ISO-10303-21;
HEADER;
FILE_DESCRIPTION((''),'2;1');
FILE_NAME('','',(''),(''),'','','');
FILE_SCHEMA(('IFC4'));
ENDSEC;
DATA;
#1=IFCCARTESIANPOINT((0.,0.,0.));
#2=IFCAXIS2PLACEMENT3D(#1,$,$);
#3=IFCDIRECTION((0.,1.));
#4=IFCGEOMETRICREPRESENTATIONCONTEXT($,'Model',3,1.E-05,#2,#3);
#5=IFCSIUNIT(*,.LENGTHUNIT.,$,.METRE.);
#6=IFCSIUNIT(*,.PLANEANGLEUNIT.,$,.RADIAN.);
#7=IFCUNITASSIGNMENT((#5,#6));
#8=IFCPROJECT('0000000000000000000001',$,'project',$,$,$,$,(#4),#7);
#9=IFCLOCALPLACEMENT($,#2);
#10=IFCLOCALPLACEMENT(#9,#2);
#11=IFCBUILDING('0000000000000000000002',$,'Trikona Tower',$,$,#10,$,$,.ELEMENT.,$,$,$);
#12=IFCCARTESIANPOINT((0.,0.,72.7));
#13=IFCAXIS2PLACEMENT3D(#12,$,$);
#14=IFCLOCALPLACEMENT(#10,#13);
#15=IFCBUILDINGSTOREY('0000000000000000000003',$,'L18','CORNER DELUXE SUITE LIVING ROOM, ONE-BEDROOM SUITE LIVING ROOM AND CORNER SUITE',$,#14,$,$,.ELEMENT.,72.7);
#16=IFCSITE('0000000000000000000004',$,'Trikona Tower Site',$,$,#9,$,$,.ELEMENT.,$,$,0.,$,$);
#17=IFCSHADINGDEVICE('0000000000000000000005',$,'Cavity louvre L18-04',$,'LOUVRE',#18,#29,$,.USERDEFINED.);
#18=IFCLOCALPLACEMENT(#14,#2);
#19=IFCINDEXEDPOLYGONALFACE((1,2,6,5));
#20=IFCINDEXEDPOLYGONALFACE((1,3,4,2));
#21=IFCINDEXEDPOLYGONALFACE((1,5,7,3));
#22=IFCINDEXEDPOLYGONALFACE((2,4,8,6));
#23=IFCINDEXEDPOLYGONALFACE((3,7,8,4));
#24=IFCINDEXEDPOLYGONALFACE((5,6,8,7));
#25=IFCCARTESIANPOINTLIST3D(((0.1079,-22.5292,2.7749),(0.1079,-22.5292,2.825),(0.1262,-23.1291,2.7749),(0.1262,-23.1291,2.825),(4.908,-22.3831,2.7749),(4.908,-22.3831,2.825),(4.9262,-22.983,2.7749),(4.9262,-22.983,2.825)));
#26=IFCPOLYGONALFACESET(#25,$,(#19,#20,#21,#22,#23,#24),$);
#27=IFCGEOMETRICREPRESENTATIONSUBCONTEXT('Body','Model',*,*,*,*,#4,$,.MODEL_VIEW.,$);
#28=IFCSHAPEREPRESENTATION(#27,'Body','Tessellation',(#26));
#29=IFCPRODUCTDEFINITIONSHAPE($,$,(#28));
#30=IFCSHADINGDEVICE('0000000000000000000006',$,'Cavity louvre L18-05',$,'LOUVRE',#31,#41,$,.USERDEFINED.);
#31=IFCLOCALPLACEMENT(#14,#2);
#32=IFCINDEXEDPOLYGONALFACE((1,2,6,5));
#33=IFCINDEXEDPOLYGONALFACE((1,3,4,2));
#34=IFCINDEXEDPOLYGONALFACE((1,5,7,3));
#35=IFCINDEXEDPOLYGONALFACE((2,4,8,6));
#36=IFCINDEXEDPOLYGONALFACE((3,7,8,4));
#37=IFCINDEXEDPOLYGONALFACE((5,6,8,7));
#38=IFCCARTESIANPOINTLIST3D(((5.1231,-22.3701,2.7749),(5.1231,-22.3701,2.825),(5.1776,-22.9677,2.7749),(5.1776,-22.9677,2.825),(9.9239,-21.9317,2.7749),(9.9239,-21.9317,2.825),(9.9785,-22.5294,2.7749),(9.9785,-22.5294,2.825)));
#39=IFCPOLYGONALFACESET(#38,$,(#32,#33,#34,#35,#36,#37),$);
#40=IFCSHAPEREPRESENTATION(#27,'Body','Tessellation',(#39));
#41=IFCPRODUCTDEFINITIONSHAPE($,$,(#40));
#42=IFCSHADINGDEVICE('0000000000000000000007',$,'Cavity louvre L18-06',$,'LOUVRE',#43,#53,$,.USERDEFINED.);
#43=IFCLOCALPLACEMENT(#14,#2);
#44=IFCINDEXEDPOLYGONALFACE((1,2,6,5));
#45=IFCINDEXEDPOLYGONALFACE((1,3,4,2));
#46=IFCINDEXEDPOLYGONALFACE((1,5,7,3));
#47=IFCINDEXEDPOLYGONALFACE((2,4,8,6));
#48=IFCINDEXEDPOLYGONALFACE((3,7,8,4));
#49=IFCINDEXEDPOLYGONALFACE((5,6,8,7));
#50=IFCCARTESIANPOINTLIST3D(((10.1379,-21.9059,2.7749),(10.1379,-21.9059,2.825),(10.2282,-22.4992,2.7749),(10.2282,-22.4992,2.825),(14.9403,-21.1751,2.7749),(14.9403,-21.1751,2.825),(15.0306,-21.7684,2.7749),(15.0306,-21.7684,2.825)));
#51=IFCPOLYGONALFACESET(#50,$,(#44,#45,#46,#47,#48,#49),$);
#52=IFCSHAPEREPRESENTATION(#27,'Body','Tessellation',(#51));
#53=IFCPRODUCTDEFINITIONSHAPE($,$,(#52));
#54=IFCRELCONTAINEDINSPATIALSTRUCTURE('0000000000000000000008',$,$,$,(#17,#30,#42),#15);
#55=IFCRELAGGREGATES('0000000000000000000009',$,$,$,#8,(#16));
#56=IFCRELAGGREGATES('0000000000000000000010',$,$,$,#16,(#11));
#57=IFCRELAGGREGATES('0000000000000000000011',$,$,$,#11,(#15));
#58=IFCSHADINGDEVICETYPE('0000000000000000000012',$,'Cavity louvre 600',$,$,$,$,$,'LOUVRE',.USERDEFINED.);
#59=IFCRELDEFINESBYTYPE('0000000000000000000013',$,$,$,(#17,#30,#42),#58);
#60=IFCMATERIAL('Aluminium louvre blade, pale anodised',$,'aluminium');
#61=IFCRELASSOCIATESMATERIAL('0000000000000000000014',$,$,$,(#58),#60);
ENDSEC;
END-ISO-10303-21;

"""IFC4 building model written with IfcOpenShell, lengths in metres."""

from ifc_helpers import new_model, si_unit, direction, frame, origin, origin_2d, place, context, subcontext, project, spatial, rectangle, extrude, material, type_object, element, save


model = new_model("IFC4")

# Units and contexts
model_context = context("Model", 3, precision=1e-05, world=origin(), true_north=direction((0.0, 1.0)))
body_context = subcontext(model_context, "Body", "Model", "MODEL_VIEW")
ifc_project = project(units=[si_unit("LENGTHUNIT", "METRE"), si_unit("PLANEANGLEUNIT", "RADIAN")], contexts=[model_context])

# Site, building, storey
site_placement = place(None, origin())
site = spatial("IfcSite", under=ifc_project, at=site_placement, Name="Trikona Tower Site", CompositionType="ELEMENT", RefElevation=0.0)
building_placement = place(site_placement, origin())
building = spatial("IfcBuilding", under=site, at=building_placement, Name="Trikona Tower", CompositionType="ELEMENT")
storey_placement = place(building_placement, frame((0.0, 0.0, 72.7)))
storey = spatial("IfcBuildingStorey", under=building, at=storey_placement, Name="L18", Description="CORNER DELUXE SUITE LIVING ROOM, ONE-BEDROOM SUITE LIVING ROOM AND CORNER SUITE", CompositionType="ELEMENT", Elevation=72.7)

# Shading devices
ifc_material_1 = material(Name="Aluminium louvre blade, pale anodised", Category="aluminium")
shading_device_type = type_object("IfcShadingDeviceType", Name="Cavity louvre 600", ElementType="LOUVRE", PredefinedType="USERDEFINED", material=ifc_material_1)
shading_device_1_placement = place(storey_placement, frame((2.5171, -22.7561, 2.7749), z_axis=(0.0, 0.0, 1.0), x_axis=(0.999537, 0.030425, 0.0)))
element("IfcShadingDevice", 1, at=shading_device_1_placement, inside=storey, type_object=shading_device_type, Name="Cavity louvre L18-04", ObjectType="LOUVRE", PredefinedType="USERDEFINED", context=body_context, shape_type="SweptSolid", body=[
    extrude(rectangle(XDim=4.8022, YDim=0.6001, at=origin_2d()), origin(), (0.0, 0.0, 1.0), 0.05),
])
shading_device_2_placement = place(storey_placement, frame((7.5508, -22.4497, 2.7749), z_axis=(0.0, 0.0, 1.0), x_axis=(0.995858, 0.090921, 0.0)))
element("IfcShadingDevice", 2, at=shading_device_2_placement, inside=storey, type_object=shading_device_type, Name="Cavity louvre L18-05", ObjectType="LOUVRE", PredefinedType="USERDEFINED", context=body_context, shape_type="SweptSolid", body=[
    extrude(rectangle(XDim=4.8208, YDim=0.6001, at=origin_2d()), origin(), (0.0, 0.0, 1.0), 0.05),
])
shading_device_3_placement = place(storey_placement, frame((12.5842, -21.8372, 2.7749), z_axis=(0.0, 0.0, 1.0), x_axis=(0.988618, 0.150448, 0.0)))
element("IfcShadingDevice", 3, at=shading_device_3_placement, inside=storey, type_object=shading_device_type, Name="Cavity louvre L18-06", ObjectType="LOUVRE", PredefinedType="USERDEFINED", context=body_context, shape_type="SweptSolid", body=[
    extrude(rectangle(XDim=4.8577, YDim=0.6001, at=origin_2d()), origin(), (0.0, 0.0, 1.0), 0.05),
])

save(model, "model.ifc")
